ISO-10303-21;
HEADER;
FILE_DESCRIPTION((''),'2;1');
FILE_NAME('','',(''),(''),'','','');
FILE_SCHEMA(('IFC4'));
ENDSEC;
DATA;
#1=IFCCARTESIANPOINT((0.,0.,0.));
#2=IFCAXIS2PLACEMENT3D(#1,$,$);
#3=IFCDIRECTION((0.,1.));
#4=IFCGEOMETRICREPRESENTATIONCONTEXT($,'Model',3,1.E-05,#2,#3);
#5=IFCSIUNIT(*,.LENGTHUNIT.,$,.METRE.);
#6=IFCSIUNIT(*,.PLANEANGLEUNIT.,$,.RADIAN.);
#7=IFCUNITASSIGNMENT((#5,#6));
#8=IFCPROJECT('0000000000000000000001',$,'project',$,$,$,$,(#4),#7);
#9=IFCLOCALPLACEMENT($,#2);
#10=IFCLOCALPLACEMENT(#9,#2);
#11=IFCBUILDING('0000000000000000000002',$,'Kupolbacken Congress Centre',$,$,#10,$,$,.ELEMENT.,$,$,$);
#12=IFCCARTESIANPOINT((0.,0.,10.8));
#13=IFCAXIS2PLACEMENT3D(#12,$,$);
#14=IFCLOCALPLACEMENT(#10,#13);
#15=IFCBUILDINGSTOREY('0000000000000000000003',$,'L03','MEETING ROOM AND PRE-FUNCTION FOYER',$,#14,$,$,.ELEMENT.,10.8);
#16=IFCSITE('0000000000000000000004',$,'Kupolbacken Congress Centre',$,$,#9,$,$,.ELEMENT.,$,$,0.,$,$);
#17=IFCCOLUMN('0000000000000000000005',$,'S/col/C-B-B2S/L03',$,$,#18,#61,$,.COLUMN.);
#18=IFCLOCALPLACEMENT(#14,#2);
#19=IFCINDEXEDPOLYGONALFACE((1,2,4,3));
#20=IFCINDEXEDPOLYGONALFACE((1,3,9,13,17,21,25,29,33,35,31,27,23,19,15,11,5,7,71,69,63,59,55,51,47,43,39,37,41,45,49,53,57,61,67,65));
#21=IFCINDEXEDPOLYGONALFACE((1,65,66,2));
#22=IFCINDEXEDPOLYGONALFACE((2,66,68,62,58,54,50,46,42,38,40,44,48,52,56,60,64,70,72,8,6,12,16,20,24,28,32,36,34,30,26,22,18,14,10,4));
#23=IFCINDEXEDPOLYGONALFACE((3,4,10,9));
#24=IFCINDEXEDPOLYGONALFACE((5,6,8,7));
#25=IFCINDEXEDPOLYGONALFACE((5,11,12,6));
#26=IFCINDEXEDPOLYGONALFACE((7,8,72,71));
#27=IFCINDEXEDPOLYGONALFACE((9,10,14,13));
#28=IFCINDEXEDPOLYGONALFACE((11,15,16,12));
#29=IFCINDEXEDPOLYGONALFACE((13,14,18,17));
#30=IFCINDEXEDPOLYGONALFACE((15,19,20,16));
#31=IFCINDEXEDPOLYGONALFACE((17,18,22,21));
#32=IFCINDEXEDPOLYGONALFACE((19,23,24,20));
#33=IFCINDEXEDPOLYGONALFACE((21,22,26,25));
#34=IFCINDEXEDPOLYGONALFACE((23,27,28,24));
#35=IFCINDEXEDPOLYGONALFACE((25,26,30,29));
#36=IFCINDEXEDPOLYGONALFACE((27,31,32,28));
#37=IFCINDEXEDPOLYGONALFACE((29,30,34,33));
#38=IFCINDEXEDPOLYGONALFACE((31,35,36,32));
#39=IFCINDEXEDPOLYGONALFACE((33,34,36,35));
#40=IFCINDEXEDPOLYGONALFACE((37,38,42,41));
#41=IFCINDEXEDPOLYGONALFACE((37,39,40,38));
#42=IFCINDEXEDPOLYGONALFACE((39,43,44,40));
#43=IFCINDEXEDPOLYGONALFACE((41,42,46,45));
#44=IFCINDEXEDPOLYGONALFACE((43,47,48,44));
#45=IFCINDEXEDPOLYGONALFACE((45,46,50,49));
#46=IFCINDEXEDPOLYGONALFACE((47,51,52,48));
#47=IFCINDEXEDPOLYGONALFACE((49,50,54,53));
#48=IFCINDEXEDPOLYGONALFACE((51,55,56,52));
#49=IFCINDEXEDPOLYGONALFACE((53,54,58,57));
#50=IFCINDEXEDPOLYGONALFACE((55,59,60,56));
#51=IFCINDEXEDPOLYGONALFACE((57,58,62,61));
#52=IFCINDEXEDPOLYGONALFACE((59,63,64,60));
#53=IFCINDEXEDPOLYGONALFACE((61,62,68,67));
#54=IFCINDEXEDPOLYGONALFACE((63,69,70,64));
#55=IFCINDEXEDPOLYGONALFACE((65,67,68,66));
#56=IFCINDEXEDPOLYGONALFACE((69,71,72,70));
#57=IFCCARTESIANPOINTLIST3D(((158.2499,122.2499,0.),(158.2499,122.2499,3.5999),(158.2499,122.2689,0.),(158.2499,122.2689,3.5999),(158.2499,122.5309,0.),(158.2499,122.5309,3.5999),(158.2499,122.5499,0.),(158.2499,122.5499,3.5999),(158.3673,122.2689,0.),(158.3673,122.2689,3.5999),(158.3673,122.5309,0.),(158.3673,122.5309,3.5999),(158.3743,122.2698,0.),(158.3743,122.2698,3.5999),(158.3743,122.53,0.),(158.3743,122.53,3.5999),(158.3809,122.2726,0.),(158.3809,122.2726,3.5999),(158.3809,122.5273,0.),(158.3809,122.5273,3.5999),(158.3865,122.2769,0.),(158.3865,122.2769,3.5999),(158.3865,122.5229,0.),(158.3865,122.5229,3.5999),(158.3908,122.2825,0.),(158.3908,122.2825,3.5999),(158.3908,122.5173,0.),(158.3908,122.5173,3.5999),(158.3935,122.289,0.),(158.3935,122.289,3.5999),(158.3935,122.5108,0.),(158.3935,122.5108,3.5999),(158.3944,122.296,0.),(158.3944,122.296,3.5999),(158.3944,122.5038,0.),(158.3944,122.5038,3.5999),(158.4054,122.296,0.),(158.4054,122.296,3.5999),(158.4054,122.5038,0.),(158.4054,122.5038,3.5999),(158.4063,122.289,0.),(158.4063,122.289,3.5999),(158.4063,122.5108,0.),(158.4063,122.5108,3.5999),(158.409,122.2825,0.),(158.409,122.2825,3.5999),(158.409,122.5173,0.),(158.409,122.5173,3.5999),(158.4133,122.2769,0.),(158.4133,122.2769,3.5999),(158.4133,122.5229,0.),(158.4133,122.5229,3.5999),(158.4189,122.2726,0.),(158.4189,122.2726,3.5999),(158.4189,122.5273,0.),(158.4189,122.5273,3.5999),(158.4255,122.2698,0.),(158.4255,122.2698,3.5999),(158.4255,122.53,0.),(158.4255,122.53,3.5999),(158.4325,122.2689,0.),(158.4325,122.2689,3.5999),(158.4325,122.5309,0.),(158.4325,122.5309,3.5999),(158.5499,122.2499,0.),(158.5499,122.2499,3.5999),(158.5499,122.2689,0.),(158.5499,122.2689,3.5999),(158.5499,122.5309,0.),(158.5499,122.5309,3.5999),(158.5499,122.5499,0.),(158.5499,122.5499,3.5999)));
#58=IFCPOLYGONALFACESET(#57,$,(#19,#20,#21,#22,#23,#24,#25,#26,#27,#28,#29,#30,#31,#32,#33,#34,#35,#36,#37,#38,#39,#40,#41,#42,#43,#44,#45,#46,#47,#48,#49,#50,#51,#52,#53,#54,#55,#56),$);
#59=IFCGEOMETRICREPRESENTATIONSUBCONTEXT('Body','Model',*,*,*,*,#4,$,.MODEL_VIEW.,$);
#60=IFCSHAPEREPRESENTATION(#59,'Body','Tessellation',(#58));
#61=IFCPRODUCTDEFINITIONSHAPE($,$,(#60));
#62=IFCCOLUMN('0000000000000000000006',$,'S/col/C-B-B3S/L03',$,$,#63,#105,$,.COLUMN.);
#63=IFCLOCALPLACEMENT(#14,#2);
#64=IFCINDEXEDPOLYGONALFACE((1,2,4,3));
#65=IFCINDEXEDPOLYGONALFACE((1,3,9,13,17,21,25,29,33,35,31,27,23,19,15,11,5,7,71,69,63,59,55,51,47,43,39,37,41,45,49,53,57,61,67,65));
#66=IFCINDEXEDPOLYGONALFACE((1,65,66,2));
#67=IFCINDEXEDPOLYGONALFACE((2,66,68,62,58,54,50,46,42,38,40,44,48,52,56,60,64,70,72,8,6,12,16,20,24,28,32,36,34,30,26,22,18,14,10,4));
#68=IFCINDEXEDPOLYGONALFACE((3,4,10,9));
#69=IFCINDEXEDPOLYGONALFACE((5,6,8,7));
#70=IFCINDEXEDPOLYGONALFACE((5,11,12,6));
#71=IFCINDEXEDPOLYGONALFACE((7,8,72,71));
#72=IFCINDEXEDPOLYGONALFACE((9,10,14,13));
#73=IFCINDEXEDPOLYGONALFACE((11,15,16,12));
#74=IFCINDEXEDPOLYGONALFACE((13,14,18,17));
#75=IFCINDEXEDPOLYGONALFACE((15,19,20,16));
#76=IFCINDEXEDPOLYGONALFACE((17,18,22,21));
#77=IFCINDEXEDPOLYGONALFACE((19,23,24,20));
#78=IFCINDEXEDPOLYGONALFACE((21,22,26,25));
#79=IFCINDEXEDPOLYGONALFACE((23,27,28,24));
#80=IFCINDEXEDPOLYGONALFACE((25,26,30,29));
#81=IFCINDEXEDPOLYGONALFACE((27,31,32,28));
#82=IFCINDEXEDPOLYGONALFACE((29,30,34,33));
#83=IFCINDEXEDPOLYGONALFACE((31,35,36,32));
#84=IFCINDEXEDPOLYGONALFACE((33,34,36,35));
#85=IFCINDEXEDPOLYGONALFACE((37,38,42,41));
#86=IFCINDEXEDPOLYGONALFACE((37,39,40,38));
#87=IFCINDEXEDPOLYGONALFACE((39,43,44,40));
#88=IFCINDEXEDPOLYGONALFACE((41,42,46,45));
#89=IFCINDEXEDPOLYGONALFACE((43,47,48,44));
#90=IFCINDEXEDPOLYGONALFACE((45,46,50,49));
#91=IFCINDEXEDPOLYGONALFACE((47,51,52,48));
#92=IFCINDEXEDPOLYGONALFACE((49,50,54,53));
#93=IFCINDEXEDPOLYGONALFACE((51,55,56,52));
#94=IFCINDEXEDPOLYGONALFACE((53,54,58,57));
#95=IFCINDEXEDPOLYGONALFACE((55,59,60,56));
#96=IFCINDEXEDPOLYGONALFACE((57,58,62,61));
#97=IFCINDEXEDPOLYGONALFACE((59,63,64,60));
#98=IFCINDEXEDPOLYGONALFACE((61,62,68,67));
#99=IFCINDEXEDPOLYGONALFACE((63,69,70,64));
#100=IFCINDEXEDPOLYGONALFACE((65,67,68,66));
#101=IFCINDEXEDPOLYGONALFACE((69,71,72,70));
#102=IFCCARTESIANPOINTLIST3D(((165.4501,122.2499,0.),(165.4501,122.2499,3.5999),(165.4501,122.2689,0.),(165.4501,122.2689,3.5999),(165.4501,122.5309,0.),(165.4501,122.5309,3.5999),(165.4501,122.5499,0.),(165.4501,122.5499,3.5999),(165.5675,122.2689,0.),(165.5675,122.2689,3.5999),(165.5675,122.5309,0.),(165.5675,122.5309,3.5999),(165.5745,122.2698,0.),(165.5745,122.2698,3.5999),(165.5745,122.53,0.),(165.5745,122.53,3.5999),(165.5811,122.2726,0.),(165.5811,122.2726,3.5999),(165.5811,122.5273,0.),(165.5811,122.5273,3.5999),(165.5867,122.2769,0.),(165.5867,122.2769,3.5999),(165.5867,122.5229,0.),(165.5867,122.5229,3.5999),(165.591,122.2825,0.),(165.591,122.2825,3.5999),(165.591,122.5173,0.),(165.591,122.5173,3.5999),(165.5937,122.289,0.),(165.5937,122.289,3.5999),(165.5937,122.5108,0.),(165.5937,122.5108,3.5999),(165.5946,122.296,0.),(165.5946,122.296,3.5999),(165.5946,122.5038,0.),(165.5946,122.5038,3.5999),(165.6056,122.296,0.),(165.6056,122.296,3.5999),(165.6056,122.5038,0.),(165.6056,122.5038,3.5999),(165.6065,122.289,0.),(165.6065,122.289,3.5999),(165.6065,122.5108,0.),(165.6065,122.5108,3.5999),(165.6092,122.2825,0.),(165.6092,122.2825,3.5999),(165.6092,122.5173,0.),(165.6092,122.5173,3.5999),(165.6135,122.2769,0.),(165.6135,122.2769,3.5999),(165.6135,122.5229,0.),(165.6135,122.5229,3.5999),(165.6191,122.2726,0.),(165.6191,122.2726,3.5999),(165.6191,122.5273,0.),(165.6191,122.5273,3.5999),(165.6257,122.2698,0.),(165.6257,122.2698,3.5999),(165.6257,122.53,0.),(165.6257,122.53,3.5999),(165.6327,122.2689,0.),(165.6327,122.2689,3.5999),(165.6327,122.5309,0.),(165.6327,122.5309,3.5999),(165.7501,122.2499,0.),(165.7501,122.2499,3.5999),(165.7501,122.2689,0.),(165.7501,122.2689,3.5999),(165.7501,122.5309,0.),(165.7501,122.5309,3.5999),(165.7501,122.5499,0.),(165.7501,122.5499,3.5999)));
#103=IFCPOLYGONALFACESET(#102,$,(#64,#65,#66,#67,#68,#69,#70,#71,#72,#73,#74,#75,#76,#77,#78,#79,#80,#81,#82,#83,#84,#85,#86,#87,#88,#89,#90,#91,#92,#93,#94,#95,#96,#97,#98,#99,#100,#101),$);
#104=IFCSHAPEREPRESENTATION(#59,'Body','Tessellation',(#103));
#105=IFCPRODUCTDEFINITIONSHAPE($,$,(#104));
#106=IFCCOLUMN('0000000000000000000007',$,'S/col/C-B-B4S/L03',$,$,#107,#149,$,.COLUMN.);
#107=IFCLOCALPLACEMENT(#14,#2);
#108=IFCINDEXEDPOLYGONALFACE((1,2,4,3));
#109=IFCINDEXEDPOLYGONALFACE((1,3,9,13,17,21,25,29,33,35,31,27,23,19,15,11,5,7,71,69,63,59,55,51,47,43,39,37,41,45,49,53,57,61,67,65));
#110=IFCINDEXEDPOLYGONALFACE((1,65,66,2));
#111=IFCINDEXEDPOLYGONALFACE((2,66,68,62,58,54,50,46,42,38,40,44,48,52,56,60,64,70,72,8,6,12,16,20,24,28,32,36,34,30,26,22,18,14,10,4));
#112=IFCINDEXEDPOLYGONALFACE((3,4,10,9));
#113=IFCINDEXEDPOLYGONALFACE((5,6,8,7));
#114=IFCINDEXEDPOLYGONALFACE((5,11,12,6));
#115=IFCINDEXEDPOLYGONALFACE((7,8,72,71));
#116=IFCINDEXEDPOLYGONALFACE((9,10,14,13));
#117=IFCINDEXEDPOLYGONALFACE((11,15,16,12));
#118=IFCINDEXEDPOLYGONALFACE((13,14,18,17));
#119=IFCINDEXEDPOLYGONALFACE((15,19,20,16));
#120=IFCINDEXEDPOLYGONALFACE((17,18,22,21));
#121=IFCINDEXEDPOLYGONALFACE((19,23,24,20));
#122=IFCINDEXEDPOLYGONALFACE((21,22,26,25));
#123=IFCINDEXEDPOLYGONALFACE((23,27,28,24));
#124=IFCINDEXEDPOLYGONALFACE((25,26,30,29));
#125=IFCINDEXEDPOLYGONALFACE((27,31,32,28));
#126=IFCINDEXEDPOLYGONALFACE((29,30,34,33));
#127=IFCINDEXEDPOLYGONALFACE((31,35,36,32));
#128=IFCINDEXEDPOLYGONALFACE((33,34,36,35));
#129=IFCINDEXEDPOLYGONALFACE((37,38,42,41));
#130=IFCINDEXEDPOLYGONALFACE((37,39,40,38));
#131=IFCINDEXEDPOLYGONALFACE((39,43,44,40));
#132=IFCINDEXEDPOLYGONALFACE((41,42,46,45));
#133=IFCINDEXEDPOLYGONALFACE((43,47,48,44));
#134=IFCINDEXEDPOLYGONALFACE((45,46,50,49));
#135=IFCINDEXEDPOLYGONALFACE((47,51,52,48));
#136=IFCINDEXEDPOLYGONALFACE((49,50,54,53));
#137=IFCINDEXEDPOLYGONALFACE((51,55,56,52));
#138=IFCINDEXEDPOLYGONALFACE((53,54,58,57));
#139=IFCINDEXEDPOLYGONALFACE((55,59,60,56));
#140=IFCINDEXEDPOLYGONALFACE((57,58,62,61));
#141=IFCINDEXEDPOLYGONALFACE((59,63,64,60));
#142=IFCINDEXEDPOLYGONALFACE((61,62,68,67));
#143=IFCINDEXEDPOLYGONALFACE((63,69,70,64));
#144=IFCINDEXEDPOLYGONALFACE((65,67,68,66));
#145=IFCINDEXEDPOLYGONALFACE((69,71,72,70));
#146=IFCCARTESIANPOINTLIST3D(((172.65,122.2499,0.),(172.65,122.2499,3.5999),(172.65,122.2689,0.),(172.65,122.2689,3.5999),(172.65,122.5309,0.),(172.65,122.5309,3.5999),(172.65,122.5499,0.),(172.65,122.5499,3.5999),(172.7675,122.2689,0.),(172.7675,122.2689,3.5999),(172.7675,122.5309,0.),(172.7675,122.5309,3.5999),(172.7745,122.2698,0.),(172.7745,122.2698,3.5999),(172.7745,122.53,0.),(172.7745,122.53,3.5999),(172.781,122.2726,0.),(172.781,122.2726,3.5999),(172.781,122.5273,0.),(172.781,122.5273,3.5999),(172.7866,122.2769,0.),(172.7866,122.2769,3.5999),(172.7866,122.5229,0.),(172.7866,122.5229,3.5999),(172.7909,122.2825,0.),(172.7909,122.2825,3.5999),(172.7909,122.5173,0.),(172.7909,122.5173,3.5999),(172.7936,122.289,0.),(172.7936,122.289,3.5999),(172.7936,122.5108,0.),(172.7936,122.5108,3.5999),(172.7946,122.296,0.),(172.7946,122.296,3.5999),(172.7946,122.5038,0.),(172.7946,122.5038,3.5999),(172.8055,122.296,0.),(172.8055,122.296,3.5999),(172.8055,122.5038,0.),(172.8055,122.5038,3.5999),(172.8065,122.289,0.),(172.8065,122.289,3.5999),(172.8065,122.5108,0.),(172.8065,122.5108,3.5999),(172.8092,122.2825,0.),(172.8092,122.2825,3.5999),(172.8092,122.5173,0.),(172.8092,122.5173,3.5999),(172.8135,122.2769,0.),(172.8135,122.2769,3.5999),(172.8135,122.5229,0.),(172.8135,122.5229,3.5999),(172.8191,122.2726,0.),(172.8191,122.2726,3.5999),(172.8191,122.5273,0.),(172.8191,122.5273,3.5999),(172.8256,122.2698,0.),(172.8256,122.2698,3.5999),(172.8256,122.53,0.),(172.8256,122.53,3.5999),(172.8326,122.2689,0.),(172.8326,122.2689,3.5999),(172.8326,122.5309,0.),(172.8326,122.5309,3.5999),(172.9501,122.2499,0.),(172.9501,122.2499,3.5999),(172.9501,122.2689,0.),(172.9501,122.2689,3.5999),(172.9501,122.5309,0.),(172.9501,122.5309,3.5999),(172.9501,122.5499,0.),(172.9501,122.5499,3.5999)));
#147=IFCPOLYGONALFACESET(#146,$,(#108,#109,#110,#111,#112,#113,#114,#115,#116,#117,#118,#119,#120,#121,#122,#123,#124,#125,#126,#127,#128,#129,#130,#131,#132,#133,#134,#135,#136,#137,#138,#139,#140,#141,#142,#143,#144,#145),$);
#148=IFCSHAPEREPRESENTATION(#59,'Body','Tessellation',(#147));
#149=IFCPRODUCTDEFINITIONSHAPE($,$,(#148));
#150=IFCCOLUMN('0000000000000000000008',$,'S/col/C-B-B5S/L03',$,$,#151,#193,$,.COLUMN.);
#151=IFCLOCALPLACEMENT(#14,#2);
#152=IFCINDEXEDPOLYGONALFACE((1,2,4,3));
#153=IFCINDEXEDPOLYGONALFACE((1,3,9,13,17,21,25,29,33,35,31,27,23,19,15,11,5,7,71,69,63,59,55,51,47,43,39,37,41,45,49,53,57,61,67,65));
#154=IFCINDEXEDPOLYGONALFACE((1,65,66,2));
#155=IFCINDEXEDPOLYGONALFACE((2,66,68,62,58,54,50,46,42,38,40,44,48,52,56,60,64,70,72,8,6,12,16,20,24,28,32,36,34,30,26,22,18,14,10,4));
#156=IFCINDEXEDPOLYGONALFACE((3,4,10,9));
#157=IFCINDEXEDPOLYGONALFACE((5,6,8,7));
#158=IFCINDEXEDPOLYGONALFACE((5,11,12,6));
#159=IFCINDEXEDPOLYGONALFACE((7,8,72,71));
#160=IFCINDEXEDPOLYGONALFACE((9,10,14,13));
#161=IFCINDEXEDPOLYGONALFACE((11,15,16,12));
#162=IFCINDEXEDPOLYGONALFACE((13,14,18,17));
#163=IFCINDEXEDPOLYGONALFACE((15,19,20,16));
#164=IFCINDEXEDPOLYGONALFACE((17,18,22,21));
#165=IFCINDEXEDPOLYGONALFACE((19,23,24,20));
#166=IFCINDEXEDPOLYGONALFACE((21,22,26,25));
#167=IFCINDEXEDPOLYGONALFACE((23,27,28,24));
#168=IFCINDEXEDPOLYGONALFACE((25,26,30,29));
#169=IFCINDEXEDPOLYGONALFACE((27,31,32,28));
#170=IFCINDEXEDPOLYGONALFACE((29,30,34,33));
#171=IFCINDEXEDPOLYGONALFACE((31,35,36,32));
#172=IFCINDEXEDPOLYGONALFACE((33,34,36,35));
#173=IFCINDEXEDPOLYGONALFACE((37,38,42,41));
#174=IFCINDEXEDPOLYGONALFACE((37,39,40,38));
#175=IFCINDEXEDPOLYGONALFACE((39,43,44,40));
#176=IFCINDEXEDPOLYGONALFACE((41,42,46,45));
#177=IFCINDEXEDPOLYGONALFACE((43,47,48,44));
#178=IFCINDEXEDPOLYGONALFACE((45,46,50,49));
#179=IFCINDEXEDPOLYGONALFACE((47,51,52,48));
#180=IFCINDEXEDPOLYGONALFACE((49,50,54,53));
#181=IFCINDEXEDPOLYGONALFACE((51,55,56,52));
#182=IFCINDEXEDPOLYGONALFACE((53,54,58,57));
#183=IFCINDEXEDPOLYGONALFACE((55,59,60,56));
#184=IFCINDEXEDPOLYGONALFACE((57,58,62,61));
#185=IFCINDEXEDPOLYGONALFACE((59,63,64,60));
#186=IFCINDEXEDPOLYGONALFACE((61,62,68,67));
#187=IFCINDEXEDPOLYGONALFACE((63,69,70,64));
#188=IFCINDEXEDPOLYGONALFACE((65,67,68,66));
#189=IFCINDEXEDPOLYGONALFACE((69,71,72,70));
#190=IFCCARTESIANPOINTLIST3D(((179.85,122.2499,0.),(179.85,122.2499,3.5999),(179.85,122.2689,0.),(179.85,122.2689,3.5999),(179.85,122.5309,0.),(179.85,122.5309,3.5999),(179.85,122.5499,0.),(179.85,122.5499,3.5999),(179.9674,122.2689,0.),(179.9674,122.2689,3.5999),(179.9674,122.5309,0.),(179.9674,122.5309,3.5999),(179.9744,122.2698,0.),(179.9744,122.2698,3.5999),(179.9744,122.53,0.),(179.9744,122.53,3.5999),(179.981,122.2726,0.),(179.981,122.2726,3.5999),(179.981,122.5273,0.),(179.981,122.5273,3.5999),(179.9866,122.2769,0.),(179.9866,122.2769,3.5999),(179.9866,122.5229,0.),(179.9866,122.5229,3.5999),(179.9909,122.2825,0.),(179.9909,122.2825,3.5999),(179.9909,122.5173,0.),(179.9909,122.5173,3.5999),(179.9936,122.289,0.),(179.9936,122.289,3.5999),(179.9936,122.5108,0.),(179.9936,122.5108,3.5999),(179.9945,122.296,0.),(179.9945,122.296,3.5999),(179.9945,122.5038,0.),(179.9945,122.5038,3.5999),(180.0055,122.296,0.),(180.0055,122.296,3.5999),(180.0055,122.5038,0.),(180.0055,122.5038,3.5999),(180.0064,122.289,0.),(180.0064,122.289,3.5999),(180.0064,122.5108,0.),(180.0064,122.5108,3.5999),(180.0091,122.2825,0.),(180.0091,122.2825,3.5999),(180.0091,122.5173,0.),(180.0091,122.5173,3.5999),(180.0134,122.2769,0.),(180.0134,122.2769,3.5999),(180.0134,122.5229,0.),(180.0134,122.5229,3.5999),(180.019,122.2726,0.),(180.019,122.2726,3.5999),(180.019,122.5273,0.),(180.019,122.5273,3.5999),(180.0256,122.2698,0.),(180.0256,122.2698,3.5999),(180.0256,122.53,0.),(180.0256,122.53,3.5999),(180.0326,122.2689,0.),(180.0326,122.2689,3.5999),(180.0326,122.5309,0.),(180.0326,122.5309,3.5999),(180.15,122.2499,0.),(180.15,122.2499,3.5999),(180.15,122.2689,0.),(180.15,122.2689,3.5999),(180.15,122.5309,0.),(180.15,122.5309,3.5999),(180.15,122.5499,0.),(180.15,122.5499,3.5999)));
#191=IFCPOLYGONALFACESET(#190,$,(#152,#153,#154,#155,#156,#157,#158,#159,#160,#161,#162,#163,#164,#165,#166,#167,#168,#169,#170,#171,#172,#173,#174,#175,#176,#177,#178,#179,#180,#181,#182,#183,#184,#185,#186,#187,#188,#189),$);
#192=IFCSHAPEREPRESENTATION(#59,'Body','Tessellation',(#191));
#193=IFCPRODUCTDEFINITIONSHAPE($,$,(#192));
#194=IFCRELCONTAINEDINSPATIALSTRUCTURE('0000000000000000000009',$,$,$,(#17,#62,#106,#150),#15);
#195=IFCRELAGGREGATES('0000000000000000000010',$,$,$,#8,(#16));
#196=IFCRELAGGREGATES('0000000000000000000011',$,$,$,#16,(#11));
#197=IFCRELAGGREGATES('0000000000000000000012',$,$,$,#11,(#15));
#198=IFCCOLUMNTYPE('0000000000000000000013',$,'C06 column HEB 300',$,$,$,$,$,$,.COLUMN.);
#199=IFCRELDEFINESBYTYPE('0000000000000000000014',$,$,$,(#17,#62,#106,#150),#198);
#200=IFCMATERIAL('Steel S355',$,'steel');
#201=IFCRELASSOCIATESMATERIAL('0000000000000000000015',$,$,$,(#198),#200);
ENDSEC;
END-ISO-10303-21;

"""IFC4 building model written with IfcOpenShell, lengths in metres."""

from ifc_helpers import new_model, si_unit, direction, frame, origin, origin_2d, place, context, subcontext, project, spatial, i_section, extrude, material, material_profile, profile_set, type_object, element, save


model = new_model("IFC4")

# Units and contexts
model_context = context("Model", 3, precision=1e-05, world=origin(), true_north=direction((0.0, 1.0)))
body_context = subcontext(model_context, "Body", "Model", "MODEL_VIEW")
ifc_project = project(units=[si_unit("LENGTHUNIT", "METRE"), si_unit("PLANEANGLEUNIT", "RADIAN")], contexts=[model_context])

# Site, building, storey
site_placement = place(None, origin())
site = spatial("IfcSite", under=ifc_project, at=site_placement, Name="Kupolbacken Congress Centre", CompositionType="ELEMENT", RefElevation=0.0)
building_placement = place(site_placement, origin())
building = spatial("IfcBuilding", under=site, at=building_placement, Name="Kupolbacken Congress Centre", CompositionType="ELEMENT")
storey_placement = place(building_placement, frame((0.0, 0.0, 10.8)))
storey = spatial("IfcBuildingStorey", under=building, at=storey_placement, Name="L03", Description="MEETING ROOM AND PRE-FUNCTION FOYER", CompositionType="ELEMENT", Elevation=10.8)

# Columns
ifc_material_1 = material(Name="Steel S355", Category="steel")
ifc_material_profile = material_profile(ifc_material_1, i_section(OverallWidth=0.3, OverallDepth=0.3, WebThickness=0.011, FlangeThickness=0.019, FilletRadius=0.0271, at=origin_2d()), Name="HEB 300")
ifc_profile_set = profile_set([ifc_material_profile], Name="Steel S355")
column_type = type_object("IfcColumnType", Name="C06 column HEB 300", PredefinedType="COLUMN", material=ifc_profile_set)
for number, where, z_axis, x_axis, name in (
    (1, (158.3999, 122.3999, 0.0), (0.0, 0.0, 1.0), (1.0, 0.0, 0.0), "S/col/C-B-B2S/L03"),
    (2, (165.6001, 122.3999, 0.0), (0.0, 0.0, 1.0), (1.0, 0.0, 0.0), "S/col/C-B-B3S/L03"),
    (3, (172.8, 122.3999, 0.0), (0.0, 0.0, 1.0), (1.0, 0.0, 0.0), "S/col/C-B-B4S/L03"),
    (4, (180.0, 122.3999, 0.0), (0.0, 0.0, 1.0), (1.0, 0.0, 0.0), "S/col/C-B-B5S/L03"),
):
    element("IfcColumn", number, at=place(storey_placement, frame(where, z_axis=z_axis, x_axis=x_axis)), inside=storey, type_object=column_type, Name=name, PredefinedType="COLUMN", context=body_context, shape_type="SweptSolid", body=[
        extrude(i_section(OverallWidth=0.3, OverallDepth=0.3, WebThickness=0.011, FlangeThickness=0.019, FilletRadius=0.0271, at=origin_2d()), origin(), (0.0, 0.0, 1.0), 3.5999),
    ])

save(model, "model.ifc")
